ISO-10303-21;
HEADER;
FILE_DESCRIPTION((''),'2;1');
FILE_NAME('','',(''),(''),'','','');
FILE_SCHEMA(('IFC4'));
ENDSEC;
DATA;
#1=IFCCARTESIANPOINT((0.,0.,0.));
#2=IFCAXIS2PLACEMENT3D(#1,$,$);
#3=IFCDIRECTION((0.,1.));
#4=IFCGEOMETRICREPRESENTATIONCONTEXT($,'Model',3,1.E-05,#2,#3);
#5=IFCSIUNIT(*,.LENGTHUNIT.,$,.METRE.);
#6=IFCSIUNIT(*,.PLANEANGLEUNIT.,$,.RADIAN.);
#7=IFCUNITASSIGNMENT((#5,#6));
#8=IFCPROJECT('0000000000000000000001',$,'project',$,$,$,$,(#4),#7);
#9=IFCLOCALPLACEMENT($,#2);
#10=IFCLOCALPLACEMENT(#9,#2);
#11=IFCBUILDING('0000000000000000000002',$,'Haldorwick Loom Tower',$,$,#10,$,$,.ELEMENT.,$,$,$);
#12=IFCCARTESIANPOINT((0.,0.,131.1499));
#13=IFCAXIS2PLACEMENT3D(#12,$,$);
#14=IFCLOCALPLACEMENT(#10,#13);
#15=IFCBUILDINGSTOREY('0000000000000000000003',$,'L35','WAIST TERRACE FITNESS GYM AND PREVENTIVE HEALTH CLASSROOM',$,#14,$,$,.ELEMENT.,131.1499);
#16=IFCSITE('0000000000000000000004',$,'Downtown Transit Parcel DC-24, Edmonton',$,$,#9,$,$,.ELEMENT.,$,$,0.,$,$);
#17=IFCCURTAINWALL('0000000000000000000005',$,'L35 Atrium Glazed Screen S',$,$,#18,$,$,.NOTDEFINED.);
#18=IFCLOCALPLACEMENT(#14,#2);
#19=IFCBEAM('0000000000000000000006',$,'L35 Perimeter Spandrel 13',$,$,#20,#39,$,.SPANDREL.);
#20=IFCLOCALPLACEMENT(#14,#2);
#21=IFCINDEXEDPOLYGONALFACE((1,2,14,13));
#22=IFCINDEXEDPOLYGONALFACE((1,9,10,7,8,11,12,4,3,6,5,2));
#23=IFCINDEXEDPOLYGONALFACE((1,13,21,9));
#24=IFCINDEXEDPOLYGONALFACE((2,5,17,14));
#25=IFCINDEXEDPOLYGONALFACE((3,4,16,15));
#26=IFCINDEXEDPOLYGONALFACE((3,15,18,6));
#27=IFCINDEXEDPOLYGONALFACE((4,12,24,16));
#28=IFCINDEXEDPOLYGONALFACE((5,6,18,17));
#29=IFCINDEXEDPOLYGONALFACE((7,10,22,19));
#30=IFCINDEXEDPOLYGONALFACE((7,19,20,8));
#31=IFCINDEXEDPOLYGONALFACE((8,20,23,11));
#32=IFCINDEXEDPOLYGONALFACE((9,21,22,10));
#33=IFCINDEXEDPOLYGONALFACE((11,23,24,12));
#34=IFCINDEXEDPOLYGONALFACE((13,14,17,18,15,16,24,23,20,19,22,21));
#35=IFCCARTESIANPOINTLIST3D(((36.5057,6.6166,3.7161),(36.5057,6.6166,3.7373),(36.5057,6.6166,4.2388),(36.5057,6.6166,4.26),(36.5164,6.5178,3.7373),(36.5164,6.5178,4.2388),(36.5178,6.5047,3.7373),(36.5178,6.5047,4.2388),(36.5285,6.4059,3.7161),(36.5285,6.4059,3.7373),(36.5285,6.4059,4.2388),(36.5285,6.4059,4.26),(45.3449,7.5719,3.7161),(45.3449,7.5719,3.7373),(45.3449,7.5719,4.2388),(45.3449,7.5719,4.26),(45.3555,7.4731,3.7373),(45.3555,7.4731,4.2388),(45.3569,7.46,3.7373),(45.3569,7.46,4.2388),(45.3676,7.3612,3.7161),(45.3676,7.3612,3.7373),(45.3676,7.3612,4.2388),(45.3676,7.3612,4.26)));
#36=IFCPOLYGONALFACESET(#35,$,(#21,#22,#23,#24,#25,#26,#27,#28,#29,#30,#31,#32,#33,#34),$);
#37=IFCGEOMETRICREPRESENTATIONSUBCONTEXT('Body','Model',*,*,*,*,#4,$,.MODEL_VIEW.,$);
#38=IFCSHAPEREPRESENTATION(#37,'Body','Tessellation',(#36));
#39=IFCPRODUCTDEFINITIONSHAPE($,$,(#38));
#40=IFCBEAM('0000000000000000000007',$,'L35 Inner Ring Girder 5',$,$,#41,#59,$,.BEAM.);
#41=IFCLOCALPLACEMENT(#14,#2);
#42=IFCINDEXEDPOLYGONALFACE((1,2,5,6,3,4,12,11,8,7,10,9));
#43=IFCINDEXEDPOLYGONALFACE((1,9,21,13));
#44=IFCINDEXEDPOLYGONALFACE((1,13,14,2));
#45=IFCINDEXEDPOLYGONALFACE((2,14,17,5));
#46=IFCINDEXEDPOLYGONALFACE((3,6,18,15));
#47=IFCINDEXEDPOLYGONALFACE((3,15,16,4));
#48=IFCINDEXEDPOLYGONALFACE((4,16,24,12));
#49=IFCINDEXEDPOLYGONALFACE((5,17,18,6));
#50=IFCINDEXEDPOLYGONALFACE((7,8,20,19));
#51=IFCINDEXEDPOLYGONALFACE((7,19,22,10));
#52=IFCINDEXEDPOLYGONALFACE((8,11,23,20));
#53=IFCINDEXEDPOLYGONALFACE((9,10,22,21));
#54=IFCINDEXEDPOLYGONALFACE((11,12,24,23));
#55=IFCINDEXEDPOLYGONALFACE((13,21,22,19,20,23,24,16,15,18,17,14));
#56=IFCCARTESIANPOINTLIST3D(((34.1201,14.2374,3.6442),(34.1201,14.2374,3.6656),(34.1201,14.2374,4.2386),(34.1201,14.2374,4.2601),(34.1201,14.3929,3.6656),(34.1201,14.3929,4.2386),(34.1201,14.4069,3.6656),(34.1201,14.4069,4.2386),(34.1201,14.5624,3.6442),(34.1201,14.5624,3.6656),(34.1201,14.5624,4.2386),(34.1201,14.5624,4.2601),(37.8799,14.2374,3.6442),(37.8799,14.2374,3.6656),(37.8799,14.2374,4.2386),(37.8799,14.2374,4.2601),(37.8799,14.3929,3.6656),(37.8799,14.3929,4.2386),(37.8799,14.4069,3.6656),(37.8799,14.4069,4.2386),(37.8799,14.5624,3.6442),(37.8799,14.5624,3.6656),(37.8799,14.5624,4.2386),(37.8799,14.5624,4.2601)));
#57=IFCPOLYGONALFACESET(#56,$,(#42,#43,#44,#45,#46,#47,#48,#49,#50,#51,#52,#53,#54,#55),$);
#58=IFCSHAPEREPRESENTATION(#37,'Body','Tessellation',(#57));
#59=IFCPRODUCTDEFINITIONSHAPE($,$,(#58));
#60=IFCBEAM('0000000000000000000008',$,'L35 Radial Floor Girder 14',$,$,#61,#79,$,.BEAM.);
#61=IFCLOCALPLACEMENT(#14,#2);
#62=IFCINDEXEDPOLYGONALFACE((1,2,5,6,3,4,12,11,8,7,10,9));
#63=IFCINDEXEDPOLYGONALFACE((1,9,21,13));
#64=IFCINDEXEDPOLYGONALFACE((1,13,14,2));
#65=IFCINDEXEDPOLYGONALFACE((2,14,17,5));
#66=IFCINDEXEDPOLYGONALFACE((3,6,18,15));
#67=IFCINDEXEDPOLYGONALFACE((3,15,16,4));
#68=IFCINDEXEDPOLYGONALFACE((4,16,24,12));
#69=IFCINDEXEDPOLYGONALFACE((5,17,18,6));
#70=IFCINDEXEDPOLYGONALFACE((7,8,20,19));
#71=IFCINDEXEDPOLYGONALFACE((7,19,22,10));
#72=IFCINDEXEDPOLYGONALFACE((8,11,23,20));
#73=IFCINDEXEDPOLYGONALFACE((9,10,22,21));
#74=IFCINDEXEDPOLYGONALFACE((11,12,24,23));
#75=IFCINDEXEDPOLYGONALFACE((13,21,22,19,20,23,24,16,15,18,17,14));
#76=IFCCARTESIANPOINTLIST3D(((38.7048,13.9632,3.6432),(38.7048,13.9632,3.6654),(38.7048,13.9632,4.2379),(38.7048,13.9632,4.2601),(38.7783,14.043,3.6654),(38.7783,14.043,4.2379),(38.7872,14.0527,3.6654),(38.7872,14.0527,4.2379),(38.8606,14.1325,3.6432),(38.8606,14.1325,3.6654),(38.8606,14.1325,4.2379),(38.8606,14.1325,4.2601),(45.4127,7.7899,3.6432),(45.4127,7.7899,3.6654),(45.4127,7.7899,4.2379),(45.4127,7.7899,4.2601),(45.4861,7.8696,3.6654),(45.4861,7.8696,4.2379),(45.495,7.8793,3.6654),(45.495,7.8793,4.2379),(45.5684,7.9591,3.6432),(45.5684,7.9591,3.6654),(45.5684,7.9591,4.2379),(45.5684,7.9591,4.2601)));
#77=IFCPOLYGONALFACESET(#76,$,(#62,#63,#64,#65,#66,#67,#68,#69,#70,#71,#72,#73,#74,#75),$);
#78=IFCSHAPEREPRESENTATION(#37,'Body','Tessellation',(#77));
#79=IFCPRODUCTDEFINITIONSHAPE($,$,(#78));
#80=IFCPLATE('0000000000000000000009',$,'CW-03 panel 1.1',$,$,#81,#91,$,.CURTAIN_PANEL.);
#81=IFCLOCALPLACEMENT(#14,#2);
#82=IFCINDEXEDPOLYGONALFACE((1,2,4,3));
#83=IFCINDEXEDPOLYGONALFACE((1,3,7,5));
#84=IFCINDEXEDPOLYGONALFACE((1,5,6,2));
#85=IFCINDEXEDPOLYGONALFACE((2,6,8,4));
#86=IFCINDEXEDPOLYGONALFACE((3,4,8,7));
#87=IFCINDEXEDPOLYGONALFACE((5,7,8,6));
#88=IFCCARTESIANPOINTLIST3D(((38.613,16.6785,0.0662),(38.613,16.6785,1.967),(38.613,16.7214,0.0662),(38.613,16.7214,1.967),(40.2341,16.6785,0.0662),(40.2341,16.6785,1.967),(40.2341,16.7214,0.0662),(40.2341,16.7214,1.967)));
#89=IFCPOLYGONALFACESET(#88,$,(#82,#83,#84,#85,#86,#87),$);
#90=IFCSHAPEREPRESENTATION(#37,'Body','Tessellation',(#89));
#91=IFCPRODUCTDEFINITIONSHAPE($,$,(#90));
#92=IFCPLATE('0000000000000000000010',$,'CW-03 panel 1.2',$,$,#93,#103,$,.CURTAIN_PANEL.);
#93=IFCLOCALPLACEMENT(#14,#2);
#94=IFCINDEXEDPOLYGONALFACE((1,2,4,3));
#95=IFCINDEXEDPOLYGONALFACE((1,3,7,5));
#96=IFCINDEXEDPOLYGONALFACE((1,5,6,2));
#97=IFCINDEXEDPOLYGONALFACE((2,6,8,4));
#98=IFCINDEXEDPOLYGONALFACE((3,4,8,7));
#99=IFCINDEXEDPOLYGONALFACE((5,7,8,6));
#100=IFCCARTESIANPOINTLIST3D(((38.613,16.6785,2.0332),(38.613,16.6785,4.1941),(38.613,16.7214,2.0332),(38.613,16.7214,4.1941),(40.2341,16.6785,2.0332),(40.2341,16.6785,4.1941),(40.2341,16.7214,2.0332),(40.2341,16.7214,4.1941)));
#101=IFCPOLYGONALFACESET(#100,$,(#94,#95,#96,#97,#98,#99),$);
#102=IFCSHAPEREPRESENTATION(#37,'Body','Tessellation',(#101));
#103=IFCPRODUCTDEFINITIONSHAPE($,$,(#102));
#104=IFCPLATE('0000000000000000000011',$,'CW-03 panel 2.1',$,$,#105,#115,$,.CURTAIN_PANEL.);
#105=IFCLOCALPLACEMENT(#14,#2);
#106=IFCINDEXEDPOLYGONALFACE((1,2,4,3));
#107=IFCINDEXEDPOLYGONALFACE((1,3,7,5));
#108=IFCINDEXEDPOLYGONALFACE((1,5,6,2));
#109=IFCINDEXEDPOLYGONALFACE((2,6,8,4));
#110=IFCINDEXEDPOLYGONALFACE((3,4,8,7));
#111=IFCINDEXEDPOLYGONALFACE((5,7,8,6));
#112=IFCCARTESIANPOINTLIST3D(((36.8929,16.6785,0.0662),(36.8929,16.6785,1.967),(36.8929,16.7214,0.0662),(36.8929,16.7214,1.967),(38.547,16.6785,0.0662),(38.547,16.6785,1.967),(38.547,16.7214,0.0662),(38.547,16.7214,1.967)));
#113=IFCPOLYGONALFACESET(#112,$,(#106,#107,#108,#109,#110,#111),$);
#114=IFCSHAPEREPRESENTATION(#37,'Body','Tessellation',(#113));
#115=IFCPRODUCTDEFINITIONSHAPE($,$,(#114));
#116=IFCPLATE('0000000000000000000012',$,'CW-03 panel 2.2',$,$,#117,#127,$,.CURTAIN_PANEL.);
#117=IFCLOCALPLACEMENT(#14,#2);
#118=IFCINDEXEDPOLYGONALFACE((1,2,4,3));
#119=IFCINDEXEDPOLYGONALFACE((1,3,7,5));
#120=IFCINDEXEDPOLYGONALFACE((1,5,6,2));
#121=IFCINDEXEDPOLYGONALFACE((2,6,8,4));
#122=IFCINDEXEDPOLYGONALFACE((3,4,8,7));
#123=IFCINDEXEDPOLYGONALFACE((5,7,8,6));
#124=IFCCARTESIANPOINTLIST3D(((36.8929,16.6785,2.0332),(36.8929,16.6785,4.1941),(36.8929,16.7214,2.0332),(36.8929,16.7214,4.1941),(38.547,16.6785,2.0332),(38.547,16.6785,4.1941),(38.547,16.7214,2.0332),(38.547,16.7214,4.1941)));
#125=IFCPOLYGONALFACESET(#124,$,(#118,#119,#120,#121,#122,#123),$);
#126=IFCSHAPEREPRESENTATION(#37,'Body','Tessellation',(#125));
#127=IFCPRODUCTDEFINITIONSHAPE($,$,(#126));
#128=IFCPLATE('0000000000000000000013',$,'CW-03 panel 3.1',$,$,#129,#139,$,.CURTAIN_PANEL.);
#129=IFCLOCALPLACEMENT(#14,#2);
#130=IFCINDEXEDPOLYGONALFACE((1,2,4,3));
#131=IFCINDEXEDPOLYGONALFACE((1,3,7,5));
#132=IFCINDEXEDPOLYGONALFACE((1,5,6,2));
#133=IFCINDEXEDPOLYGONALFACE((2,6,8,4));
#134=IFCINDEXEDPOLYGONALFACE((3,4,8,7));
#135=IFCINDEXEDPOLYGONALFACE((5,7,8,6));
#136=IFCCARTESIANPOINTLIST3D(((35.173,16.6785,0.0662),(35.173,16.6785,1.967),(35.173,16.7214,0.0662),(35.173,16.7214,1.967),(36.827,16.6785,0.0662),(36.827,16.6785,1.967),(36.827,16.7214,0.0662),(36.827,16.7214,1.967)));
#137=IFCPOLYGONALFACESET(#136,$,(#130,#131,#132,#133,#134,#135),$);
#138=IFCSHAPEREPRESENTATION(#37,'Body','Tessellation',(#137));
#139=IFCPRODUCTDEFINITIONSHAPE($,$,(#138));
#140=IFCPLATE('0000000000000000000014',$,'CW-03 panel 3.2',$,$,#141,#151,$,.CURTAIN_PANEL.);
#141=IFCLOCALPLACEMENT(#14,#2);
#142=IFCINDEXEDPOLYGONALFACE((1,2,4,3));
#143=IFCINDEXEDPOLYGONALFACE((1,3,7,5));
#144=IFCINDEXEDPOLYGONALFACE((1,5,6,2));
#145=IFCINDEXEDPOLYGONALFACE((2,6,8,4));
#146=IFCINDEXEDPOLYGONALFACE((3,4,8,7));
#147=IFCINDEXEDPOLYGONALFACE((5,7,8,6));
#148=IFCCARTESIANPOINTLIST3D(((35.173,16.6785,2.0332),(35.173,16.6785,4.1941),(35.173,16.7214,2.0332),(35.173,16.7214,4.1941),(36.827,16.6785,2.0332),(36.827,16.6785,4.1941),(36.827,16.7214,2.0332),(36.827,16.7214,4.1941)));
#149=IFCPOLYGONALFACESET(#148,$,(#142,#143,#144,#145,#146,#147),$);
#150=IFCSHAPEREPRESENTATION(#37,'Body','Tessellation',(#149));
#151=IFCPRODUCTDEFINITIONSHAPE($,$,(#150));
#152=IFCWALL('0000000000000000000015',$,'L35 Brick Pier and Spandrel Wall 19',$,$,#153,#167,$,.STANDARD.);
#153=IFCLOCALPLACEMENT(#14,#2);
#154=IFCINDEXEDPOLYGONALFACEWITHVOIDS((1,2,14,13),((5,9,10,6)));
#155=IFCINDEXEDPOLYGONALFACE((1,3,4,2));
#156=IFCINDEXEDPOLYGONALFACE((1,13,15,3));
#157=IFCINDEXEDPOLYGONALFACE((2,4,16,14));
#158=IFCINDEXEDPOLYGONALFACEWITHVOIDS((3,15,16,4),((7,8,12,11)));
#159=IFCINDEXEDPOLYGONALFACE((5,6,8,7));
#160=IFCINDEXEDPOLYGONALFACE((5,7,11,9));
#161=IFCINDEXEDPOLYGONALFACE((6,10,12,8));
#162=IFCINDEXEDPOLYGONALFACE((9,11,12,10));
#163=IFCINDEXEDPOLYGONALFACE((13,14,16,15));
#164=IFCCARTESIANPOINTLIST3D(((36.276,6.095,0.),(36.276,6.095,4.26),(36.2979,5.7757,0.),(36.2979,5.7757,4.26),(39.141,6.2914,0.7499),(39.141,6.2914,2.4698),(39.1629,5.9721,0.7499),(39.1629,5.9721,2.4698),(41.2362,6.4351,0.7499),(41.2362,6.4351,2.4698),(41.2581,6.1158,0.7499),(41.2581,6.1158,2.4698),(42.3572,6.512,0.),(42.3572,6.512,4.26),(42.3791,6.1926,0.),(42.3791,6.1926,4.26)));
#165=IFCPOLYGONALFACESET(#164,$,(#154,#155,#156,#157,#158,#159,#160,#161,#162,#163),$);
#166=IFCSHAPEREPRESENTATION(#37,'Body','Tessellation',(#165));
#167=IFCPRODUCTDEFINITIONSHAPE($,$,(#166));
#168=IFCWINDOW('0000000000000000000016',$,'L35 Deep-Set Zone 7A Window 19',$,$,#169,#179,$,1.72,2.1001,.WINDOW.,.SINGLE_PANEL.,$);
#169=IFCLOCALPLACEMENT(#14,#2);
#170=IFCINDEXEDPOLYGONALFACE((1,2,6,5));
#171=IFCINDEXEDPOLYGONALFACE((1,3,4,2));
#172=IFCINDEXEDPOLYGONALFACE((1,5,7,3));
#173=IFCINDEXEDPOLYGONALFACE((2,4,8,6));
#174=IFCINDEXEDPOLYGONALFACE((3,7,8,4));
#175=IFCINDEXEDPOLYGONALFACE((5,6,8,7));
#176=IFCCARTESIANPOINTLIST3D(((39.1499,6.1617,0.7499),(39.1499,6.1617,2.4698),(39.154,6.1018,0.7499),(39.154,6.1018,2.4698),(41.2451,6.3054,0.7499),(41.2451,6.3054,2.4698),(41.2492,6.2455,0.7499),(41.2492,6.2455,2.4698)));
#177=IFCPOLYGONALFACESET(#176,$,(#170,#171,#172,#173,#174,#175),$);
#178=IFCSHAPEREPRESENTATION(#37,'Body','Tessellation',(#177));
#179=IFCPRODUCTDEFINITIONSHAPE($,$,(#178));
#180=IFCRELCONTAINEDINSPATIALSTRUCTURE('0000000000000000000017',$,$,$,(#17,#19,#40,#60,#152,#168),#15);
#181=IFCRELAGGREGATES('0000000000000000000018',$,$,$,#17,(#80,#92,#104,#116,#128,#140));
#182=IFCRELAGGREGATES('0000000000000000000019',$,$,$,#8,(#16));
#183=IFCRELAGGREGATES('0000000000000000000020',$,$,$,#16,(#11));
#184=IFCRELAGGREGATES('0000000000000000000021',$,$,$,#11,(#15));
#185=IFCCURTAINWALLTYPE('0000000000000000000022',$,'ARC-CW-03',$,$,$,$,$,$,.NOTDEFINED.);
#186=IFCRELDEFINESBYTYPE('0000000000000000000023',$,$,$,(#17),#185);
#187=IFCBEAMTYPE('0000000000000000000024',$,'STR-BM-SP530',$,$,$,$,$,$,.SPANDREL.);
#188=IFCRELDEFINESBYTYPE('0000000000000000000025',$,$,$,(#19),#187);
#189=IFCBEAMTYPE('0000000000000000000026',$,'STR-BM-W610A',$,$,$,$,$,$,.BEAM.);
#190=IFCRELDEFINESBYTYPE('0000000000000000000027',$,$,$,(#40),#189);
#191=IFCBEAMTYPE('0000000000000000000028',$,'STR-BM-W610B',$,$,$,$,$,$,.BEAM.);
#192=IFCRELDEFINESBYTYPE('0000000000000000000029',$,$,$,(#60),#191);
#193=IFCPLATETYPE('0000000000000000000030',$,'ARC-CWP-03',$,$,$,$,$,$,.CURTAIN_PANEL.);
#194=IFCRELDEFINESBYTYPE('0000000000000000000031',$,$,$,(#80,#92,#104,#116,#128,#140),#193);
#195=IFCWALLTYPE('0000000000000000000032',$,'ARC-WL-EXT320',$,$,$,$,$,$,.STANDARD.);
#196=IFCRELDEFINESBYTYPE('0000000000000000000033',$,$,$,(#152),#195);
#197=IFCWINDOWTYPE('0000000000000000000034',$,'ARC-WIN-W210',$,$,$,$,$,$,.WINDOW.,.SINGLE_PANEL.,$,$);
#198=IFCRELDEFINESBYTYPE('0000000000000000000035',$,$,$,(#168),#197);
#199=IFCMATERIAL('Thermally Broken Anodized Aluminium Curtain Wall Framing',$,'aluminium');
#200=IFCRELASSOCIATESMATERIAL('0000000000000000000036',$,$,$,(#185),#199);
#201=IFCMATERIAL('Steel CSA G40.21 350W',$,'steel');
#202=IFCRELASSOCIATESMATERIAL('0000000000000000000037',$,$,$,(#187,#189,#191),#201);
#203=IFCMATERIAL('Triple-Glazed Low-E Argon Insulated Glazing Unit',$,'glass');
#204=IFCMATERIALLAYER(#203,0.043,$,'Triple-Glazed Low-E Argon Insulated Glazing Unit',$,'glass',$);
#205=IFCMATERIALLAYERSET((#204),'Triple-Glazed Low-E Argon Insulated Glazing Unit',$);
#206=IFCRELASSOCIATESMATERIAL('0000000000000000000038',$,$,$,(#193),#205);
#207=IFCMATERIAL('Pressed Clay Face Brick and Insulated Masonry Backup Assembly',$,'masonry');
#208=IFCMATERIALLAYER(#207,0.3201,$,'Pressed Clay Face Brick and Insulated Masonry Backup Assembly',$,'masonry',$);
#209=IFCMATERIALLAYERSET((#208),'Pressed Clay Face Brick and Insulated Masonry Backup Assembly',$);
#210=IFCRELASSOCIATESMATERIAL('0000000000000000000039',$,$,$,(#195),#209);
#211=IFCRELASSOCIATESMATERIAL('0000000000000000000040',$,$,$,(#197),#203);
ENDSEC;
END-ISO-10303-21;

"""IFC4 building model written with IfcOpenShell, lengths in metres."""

from ifc_helpers import new_model, si_unit, direction, frame, frame_2d, origin, origin_2d, place, context, subcontext, project, spatial, rectangle, i_section, extrude, material, layer, layer_set, material_profile, profile_set, type_object, element, fill, aggregate, save


model = new_model("IFC4")

# Units and contexts
model_context = context("Model", 3, precision=1e-05, world=origin(), true_north=direction((0.0, 1.0)))
body_context = subcontext(model_context, "Body", "Model", "MODEL_VIEW")
ifc_project = project(units=[si_unit("LENGTHUNIT", "METRE"), si_unit("PLANEANGLEUNIT", "RADIAN")], contexts=[model_context])

# Site, building, storey
site_placement = place(None, origin())
site = spatial("IfcSite", under=ifc_project, at=site_placement, Name="Downtown Transit Parcel DC-24, Edmonton", CompositionType="ELEMENT", RefElevation=0.0)
building_placement = place(site_placement, origin())
building = spatial("IfcBuilding", under=site, at=building_placement, Name="Haldorwick Loom Tower", CompositionType="ELEMENT")
storey_placement = place(building_placement, frame((0.0, 0.0, 131.1499)))
storey = spatial("IfcBuildingStorey", under=building, at=storey_placement, Name="L35", Description="WAIST TERRACE FITNESS GYM AND PREVENTIVE HEALTH CLASSROOM", CompositionType="ELEMENT", Elevation=131.1499)

# Curtain wall
ifc_material_1 = material(Name="Thermally Broken Anodized Aluminium Curtain Wall Framing", Category="aluminium")
curtain_wall_type = type_object("IfcCurtainWallType", Name="ARC-CW-03", PredefinedType="NOTDEFINED", material=ifc_material_1)
curtain_wall_placement = place(storey_placement, origin())
curtain_wall = element("IfcCurtainWall", 1, at=curtain_wall_placement, inside=storey, type_object=curtain_wall_type, Name="L35 Atrium Glazed Screen S", PredefinedType="NOTDEFINED")

# Beams
ifc_material_2 = material(Name="Steel CSA G40.21 350W", Category="steel")
ifc_material_profile_1 = material_profile(ifc_material_2, i_section(OverallWidth=0.2119, OverallDepth=0.5439, WebThickness=0.0132, FlangeThickness=0.0212, at=origin_2d()), Name="W530X123", Category="steel")
ifc_profile_set_1 = profile_set([ifc_material_profile_1], Name="Steel CSA G40.21 350W")
beam_type_1 = type_object("IfcBeamType", Name="STR-BM-SP530", PredefinedType="SPANDREL", material=ifc_profile_set_1)
beam_1_placement = place(storey_placement, frame((36.5171, 6.5112, 3.988), z_axis=(0.99421, 0.107453, 0.0), x_axis=(-0.107453, 0.99421, 0.0)))
element("IfcBeam", 2, at=beam_1_placement, inside=storey, type_object=beam_type_1, Name="L35 Perimeter Spandrel 13", PredefinedType="SPANDREL", context=body_context, shape_type="SweptSolid", body=[
    extrude(i_section(OverallWidth=0.2119, OverallDepth=0.5439, WebThickness=0.0132, FlangeThickness=0.0212, at=origin_2d()), origin(), (0.0, 0.0, 1.0), 8.8906),
])
ifc_material_profile_2 = material_profile(ifc_material_2, i_section(OverallWidth=0.325, OverallDepth=0.616, WebThickness=0.0139, FlangeThickness=0.0215, at=origin_2d()), Name="W610X174", Category="steel")
ifc_profile_set_2 = profile_set([ifc_material_profile_2], Name="Steel CSA G40.21 350W")
beam_type_2 = type_object("IfcBeamType", Name="STR-BM-W610A", PredefinedType="BEAM", material=ifc_profile_set_2)
beam_2_placement = place(storey_placement, frame((37.8799, 14.3999, 3.9521), z_axis=(-1.0, 0.0, 0.0), x_axis=(0.0, -1.0, 0.0)))
element("IfcBeam", 3, at=beam_2_placement, inside=storey, type_object=beam_type_2, Name="L35 Inner Ring Girder 5", PredefinedType="BEAM", context=body_context, shape_type="SweptSolid", body=[
    extrude(i_section(OverallWidth=0.325, OverallDepth=0.616, WebThickness=0.0139, FlangeThickness=0.0215, at=origin_2d()), origin(), (0.0, 0.0, 1.0), 3.7598),
])
ifc_material_profile_3 = material_profile(ifc_material_2, i_section(OverallWidth=0.23, OverallDepth=0.6169, WebThickness=0.0132, FlangeThickness=0.0222, at=origin_2d()), Name="W610X140", Category="steel")
ifc_profile_set_3 = profile_set([ifc_material_profile_3], Name="Steel CSA G40.21 350W")
beam_type_3 = type_object("IfcBeamType", Name="STR-BM-W610B", PredefinedType="BEAM", material=ifc_profile_set_3)
beam_3_placement = place(storey_placement, frame((38.7827, 14.0479, 3.9517), z_axis=(0.735811, -0.677187, 0.0), x_axis=(0.677187, 0.735811, 0.0)))
element("IfcBeam", 4, at=beam_3_placement, inside=storey, type_object=beam_type_3, Name="L35 Radial Floor Girder 14", PredefinedType="BEAM", context=body_context, shape_type="SweptSolid", body=[
    extrude(i_section(OverallWidth=0.23, OverallDepth=0.6169, WebThickness=0.0132, FlangeThickness=0.0222, at=origin_2d()), origin(), (0.0, 0.0, 1.0), 9.1162),
])

# Plates
ifc_material_3 = material(Name="Triple-Glazed Low-E Argon Insulated Glazing Unit", Category="glass")
ifc_layer_1 = layer(ifc_material_3, 0.043, Name="Triple-Glazed Low-E Argon Insulated Glazing Unit", Category="glass")
ifc_layer_set_1 = layer_set([ifc_layer_1], Name="Triple-Glazed Low-E Argon Insulated Glazing Unit")
plate_type = type_object("IfcPlateType", Name="ARC-CWP-03", PredefinedType="CURTAIN_PANEL", material=ifc_layer_set_1)
plate_1_placement = place(storey_placement, frame((39.4236, 16.7, 0.0662), z_axis=(0.0, 0.0, 1.0), x_axis=(-1.0, 0.0, 0.0)))
plate_1 = element("IfcPlate", 5, at=plate_1_placement, type_object=plate_type, Name="CW-03 panel 1.1", PredefinedType="CURTAIN_PANEL", context=body_context, shape_type="SweptSolid", body=[
    extrude(rectangle(XDim=1.6211, YDim=0.043, at=origin_2d()), origin(), (0.0, 0.0, 1.0), 1.9009),
])
plate_2_placement = place(storey_placement, frame((39.4236, 16.7, 2.0332), z_axis=(0.0, 0.0, 1.0), x_axis=(-1.0, 0.0, 0.0)))
plate_2 = element("IfcPlate", 6, at=plate_2_placement, type_object=plate_type, Name="CW-03 panel 1.2", PredefinedType="CURTAIN_PANEL", context=body_context, shape_type="SweptSolid", body=[
    extrude(rectangle(XDim=1.6211, YDim=0.043, at=origin_2d()), origin(), (0.0, 0.0, 1.0), 2.1609),
])
plate_3_placement = place(storey_placement, frame((37.72, 16.7, 0.0662), z_axis=(0.0, 0.0, 1.0), x_axis=(-1.0, 0.0, 0.0)))
plate_3 = element("IfcPlate", 7, at=plate_3_placement, type_object=plate_type, Name="CW-03 panel 2.1", PredefinedType="CURTAIN_PANEL", context=body_context, shape_type="SweptSolid", body=[
    extrude(rectangle(XDim=1.6541, YDim=0.043, at=origin_2d()), origin(), (0.0, 0.0, 1.0), 1.9009),
])
plate_4_placement = place(storey_placement, frame((37.72, 16.7, 2.0332), z_axis=(0.0, 0.0, 1.0), x_axis=(-1.0, 0.0, 0.0)))
plate_4 = element("IfcPlate", 8, at=plate_4_placement, type_object=plate_type, Name="CW-03 panel 2.2", PredefinedType="CURTAIN_PANEL", context=body_context, shape_type="SweptSolid", body=[
    extrude(rectangle(XDim=1.6541, YDim=0.043, at=origin_2d()), origin(), (0.0, 0.0, 1.0), 2.1609),
])
plate_5_placement = place(storey_placement, frame((36.0, 16.7, 0.0662), z_axis=(0.0, 0.0, 1.0), x_axis=(-1.0, 0.0, 0.0)))
plate_5 = element("IfcPlate", 9, at=plate_5_placement, type_object=plate_type, Name="CW-03 panel 3.1", PredefinedType="CURTAIN_PANEL", context=body_context, shape_type="SweptSolid", body=[
    extrude(rectangle(XDim=1.6541, YDim=0.043, at=origin_2d()), origin(), (0.0, 0.0, 1.0), 1.9009),
])
plate_6_placement = place(storey_placement, frame((36.0, 16.7, 2.0332), z_axis=(0.0, 0.0, 1.0), x_axis=(-1.0, 0.0, 0.0)))
plate_6 = element("IfcPlate", 10, at=plate_6_placement, type_object=plate_type, Name="CW-03 panel 3.2", PredefinedType="CURTAIN_PANEL", context=body_context, shape_type="SweptSolid", body=[
    extrude(rectangle(XDim=1.6541, YDim=0.043, at=origin_2d()), origin(), (0.0, 0.0, 1.0), 2.1609),
])
aggregate(curtain_wall, [plate_1, plate_2, plate_3, plate_4, plate_5, plate_6])

# Wall, opening, window
ifc_material_4 = material(Name="Pressed Clay Face Brick and Insulated Masonry Backup Assembly", Category="masonry")
ifc_layer_2 = layer(ifc_material_4, 0.3201, Name="Pressed Clay Face Brick and Insulated Masonry Backup Assembly", Category="masonry")
ifc_layer_set_2 = layer_set([ifc_layer_2], Name="Pressed Clay Face Brick and Insulated Masonry Backup Assembly")
wall_type_1 = type_object("IfcWallType", Name="ARC-WL-EXT320", PredefinedType="STANDARD", material=ifc_layer_set_2)
wall_1_placement = place(storey_placement, frame((36.2869, 5.9353, 0.0), z_axis=(0.0, 0.0, 1.0), x_axis=(0.997657, 0.068409, 0.0)))
wall_1 = element("IfcWall", 11, at=wall_1_placement, inside=storey, type_object=wall_type_1, Name="L35 Brick Pier and Spandrel Wall 19", PredefinedType="STANDARD", context=body_context, shape_type="SweptSolid", body=[
    extrude(rectangle(XDim=6.0955, YDim=0.3201, at=frame_2d((3.0479, 0.0))), origin(), (0.0, 0.0, 1.0), 4.26),
])
opening_placement = place(wall_1_placement, frame((2.8718, 0.0, 0.75)))
opening = element("IfcOpeningElement", 12, at=opening_placement, cuts=wall_1, PredefinedType="OPENING", context=body_context, shape_type="SweptSolid", body=[
    extrude(rectangle(XDim=2.1001, YDim=1.72, at=frame_2d((1.05, 0.8599))), frame((0.0, 0.1699, 0.0), z_axis=(0.0, -1.0, 0.0), x_axis=(1.0, 0.0, 0.0)), (0.0, 0.0, 1.0), 0.3401),
])
window_type = type_object("IfcWindowType", Name="ARC-WIN-W210", PartitioningType="SINGLE_PANEL", PredefinedType="WINDOW", material=ifc_material_3)
window_placement = place(opening_placement, origin())
window = element("IfcWindow", 13, at=window_placement, inside=storey, type_object=window_type, Name="L35 Deep-Set Zone 7A Window 19", OverallHeight=1.72, OverallWidth=2.1001, PartitioningType="SINGLE_PANEL", PredefinedType="WINDOW", context=body_context, shape_type="SweptSolid", body=[
    extrude(rectangle(XDim=2.1001, YDim=1.72, at=frame_2d((1.05, 0.8599))), frame((0.0, 0.03, 0.0), z_axis=(0.0, -1.0, 0.0), x_axis=(1.0, 0.0, 0.0)), (0.0, 0.0, 1.0), 0.0601),
])
fill(opening, window)

save(model, "model.ifc")
